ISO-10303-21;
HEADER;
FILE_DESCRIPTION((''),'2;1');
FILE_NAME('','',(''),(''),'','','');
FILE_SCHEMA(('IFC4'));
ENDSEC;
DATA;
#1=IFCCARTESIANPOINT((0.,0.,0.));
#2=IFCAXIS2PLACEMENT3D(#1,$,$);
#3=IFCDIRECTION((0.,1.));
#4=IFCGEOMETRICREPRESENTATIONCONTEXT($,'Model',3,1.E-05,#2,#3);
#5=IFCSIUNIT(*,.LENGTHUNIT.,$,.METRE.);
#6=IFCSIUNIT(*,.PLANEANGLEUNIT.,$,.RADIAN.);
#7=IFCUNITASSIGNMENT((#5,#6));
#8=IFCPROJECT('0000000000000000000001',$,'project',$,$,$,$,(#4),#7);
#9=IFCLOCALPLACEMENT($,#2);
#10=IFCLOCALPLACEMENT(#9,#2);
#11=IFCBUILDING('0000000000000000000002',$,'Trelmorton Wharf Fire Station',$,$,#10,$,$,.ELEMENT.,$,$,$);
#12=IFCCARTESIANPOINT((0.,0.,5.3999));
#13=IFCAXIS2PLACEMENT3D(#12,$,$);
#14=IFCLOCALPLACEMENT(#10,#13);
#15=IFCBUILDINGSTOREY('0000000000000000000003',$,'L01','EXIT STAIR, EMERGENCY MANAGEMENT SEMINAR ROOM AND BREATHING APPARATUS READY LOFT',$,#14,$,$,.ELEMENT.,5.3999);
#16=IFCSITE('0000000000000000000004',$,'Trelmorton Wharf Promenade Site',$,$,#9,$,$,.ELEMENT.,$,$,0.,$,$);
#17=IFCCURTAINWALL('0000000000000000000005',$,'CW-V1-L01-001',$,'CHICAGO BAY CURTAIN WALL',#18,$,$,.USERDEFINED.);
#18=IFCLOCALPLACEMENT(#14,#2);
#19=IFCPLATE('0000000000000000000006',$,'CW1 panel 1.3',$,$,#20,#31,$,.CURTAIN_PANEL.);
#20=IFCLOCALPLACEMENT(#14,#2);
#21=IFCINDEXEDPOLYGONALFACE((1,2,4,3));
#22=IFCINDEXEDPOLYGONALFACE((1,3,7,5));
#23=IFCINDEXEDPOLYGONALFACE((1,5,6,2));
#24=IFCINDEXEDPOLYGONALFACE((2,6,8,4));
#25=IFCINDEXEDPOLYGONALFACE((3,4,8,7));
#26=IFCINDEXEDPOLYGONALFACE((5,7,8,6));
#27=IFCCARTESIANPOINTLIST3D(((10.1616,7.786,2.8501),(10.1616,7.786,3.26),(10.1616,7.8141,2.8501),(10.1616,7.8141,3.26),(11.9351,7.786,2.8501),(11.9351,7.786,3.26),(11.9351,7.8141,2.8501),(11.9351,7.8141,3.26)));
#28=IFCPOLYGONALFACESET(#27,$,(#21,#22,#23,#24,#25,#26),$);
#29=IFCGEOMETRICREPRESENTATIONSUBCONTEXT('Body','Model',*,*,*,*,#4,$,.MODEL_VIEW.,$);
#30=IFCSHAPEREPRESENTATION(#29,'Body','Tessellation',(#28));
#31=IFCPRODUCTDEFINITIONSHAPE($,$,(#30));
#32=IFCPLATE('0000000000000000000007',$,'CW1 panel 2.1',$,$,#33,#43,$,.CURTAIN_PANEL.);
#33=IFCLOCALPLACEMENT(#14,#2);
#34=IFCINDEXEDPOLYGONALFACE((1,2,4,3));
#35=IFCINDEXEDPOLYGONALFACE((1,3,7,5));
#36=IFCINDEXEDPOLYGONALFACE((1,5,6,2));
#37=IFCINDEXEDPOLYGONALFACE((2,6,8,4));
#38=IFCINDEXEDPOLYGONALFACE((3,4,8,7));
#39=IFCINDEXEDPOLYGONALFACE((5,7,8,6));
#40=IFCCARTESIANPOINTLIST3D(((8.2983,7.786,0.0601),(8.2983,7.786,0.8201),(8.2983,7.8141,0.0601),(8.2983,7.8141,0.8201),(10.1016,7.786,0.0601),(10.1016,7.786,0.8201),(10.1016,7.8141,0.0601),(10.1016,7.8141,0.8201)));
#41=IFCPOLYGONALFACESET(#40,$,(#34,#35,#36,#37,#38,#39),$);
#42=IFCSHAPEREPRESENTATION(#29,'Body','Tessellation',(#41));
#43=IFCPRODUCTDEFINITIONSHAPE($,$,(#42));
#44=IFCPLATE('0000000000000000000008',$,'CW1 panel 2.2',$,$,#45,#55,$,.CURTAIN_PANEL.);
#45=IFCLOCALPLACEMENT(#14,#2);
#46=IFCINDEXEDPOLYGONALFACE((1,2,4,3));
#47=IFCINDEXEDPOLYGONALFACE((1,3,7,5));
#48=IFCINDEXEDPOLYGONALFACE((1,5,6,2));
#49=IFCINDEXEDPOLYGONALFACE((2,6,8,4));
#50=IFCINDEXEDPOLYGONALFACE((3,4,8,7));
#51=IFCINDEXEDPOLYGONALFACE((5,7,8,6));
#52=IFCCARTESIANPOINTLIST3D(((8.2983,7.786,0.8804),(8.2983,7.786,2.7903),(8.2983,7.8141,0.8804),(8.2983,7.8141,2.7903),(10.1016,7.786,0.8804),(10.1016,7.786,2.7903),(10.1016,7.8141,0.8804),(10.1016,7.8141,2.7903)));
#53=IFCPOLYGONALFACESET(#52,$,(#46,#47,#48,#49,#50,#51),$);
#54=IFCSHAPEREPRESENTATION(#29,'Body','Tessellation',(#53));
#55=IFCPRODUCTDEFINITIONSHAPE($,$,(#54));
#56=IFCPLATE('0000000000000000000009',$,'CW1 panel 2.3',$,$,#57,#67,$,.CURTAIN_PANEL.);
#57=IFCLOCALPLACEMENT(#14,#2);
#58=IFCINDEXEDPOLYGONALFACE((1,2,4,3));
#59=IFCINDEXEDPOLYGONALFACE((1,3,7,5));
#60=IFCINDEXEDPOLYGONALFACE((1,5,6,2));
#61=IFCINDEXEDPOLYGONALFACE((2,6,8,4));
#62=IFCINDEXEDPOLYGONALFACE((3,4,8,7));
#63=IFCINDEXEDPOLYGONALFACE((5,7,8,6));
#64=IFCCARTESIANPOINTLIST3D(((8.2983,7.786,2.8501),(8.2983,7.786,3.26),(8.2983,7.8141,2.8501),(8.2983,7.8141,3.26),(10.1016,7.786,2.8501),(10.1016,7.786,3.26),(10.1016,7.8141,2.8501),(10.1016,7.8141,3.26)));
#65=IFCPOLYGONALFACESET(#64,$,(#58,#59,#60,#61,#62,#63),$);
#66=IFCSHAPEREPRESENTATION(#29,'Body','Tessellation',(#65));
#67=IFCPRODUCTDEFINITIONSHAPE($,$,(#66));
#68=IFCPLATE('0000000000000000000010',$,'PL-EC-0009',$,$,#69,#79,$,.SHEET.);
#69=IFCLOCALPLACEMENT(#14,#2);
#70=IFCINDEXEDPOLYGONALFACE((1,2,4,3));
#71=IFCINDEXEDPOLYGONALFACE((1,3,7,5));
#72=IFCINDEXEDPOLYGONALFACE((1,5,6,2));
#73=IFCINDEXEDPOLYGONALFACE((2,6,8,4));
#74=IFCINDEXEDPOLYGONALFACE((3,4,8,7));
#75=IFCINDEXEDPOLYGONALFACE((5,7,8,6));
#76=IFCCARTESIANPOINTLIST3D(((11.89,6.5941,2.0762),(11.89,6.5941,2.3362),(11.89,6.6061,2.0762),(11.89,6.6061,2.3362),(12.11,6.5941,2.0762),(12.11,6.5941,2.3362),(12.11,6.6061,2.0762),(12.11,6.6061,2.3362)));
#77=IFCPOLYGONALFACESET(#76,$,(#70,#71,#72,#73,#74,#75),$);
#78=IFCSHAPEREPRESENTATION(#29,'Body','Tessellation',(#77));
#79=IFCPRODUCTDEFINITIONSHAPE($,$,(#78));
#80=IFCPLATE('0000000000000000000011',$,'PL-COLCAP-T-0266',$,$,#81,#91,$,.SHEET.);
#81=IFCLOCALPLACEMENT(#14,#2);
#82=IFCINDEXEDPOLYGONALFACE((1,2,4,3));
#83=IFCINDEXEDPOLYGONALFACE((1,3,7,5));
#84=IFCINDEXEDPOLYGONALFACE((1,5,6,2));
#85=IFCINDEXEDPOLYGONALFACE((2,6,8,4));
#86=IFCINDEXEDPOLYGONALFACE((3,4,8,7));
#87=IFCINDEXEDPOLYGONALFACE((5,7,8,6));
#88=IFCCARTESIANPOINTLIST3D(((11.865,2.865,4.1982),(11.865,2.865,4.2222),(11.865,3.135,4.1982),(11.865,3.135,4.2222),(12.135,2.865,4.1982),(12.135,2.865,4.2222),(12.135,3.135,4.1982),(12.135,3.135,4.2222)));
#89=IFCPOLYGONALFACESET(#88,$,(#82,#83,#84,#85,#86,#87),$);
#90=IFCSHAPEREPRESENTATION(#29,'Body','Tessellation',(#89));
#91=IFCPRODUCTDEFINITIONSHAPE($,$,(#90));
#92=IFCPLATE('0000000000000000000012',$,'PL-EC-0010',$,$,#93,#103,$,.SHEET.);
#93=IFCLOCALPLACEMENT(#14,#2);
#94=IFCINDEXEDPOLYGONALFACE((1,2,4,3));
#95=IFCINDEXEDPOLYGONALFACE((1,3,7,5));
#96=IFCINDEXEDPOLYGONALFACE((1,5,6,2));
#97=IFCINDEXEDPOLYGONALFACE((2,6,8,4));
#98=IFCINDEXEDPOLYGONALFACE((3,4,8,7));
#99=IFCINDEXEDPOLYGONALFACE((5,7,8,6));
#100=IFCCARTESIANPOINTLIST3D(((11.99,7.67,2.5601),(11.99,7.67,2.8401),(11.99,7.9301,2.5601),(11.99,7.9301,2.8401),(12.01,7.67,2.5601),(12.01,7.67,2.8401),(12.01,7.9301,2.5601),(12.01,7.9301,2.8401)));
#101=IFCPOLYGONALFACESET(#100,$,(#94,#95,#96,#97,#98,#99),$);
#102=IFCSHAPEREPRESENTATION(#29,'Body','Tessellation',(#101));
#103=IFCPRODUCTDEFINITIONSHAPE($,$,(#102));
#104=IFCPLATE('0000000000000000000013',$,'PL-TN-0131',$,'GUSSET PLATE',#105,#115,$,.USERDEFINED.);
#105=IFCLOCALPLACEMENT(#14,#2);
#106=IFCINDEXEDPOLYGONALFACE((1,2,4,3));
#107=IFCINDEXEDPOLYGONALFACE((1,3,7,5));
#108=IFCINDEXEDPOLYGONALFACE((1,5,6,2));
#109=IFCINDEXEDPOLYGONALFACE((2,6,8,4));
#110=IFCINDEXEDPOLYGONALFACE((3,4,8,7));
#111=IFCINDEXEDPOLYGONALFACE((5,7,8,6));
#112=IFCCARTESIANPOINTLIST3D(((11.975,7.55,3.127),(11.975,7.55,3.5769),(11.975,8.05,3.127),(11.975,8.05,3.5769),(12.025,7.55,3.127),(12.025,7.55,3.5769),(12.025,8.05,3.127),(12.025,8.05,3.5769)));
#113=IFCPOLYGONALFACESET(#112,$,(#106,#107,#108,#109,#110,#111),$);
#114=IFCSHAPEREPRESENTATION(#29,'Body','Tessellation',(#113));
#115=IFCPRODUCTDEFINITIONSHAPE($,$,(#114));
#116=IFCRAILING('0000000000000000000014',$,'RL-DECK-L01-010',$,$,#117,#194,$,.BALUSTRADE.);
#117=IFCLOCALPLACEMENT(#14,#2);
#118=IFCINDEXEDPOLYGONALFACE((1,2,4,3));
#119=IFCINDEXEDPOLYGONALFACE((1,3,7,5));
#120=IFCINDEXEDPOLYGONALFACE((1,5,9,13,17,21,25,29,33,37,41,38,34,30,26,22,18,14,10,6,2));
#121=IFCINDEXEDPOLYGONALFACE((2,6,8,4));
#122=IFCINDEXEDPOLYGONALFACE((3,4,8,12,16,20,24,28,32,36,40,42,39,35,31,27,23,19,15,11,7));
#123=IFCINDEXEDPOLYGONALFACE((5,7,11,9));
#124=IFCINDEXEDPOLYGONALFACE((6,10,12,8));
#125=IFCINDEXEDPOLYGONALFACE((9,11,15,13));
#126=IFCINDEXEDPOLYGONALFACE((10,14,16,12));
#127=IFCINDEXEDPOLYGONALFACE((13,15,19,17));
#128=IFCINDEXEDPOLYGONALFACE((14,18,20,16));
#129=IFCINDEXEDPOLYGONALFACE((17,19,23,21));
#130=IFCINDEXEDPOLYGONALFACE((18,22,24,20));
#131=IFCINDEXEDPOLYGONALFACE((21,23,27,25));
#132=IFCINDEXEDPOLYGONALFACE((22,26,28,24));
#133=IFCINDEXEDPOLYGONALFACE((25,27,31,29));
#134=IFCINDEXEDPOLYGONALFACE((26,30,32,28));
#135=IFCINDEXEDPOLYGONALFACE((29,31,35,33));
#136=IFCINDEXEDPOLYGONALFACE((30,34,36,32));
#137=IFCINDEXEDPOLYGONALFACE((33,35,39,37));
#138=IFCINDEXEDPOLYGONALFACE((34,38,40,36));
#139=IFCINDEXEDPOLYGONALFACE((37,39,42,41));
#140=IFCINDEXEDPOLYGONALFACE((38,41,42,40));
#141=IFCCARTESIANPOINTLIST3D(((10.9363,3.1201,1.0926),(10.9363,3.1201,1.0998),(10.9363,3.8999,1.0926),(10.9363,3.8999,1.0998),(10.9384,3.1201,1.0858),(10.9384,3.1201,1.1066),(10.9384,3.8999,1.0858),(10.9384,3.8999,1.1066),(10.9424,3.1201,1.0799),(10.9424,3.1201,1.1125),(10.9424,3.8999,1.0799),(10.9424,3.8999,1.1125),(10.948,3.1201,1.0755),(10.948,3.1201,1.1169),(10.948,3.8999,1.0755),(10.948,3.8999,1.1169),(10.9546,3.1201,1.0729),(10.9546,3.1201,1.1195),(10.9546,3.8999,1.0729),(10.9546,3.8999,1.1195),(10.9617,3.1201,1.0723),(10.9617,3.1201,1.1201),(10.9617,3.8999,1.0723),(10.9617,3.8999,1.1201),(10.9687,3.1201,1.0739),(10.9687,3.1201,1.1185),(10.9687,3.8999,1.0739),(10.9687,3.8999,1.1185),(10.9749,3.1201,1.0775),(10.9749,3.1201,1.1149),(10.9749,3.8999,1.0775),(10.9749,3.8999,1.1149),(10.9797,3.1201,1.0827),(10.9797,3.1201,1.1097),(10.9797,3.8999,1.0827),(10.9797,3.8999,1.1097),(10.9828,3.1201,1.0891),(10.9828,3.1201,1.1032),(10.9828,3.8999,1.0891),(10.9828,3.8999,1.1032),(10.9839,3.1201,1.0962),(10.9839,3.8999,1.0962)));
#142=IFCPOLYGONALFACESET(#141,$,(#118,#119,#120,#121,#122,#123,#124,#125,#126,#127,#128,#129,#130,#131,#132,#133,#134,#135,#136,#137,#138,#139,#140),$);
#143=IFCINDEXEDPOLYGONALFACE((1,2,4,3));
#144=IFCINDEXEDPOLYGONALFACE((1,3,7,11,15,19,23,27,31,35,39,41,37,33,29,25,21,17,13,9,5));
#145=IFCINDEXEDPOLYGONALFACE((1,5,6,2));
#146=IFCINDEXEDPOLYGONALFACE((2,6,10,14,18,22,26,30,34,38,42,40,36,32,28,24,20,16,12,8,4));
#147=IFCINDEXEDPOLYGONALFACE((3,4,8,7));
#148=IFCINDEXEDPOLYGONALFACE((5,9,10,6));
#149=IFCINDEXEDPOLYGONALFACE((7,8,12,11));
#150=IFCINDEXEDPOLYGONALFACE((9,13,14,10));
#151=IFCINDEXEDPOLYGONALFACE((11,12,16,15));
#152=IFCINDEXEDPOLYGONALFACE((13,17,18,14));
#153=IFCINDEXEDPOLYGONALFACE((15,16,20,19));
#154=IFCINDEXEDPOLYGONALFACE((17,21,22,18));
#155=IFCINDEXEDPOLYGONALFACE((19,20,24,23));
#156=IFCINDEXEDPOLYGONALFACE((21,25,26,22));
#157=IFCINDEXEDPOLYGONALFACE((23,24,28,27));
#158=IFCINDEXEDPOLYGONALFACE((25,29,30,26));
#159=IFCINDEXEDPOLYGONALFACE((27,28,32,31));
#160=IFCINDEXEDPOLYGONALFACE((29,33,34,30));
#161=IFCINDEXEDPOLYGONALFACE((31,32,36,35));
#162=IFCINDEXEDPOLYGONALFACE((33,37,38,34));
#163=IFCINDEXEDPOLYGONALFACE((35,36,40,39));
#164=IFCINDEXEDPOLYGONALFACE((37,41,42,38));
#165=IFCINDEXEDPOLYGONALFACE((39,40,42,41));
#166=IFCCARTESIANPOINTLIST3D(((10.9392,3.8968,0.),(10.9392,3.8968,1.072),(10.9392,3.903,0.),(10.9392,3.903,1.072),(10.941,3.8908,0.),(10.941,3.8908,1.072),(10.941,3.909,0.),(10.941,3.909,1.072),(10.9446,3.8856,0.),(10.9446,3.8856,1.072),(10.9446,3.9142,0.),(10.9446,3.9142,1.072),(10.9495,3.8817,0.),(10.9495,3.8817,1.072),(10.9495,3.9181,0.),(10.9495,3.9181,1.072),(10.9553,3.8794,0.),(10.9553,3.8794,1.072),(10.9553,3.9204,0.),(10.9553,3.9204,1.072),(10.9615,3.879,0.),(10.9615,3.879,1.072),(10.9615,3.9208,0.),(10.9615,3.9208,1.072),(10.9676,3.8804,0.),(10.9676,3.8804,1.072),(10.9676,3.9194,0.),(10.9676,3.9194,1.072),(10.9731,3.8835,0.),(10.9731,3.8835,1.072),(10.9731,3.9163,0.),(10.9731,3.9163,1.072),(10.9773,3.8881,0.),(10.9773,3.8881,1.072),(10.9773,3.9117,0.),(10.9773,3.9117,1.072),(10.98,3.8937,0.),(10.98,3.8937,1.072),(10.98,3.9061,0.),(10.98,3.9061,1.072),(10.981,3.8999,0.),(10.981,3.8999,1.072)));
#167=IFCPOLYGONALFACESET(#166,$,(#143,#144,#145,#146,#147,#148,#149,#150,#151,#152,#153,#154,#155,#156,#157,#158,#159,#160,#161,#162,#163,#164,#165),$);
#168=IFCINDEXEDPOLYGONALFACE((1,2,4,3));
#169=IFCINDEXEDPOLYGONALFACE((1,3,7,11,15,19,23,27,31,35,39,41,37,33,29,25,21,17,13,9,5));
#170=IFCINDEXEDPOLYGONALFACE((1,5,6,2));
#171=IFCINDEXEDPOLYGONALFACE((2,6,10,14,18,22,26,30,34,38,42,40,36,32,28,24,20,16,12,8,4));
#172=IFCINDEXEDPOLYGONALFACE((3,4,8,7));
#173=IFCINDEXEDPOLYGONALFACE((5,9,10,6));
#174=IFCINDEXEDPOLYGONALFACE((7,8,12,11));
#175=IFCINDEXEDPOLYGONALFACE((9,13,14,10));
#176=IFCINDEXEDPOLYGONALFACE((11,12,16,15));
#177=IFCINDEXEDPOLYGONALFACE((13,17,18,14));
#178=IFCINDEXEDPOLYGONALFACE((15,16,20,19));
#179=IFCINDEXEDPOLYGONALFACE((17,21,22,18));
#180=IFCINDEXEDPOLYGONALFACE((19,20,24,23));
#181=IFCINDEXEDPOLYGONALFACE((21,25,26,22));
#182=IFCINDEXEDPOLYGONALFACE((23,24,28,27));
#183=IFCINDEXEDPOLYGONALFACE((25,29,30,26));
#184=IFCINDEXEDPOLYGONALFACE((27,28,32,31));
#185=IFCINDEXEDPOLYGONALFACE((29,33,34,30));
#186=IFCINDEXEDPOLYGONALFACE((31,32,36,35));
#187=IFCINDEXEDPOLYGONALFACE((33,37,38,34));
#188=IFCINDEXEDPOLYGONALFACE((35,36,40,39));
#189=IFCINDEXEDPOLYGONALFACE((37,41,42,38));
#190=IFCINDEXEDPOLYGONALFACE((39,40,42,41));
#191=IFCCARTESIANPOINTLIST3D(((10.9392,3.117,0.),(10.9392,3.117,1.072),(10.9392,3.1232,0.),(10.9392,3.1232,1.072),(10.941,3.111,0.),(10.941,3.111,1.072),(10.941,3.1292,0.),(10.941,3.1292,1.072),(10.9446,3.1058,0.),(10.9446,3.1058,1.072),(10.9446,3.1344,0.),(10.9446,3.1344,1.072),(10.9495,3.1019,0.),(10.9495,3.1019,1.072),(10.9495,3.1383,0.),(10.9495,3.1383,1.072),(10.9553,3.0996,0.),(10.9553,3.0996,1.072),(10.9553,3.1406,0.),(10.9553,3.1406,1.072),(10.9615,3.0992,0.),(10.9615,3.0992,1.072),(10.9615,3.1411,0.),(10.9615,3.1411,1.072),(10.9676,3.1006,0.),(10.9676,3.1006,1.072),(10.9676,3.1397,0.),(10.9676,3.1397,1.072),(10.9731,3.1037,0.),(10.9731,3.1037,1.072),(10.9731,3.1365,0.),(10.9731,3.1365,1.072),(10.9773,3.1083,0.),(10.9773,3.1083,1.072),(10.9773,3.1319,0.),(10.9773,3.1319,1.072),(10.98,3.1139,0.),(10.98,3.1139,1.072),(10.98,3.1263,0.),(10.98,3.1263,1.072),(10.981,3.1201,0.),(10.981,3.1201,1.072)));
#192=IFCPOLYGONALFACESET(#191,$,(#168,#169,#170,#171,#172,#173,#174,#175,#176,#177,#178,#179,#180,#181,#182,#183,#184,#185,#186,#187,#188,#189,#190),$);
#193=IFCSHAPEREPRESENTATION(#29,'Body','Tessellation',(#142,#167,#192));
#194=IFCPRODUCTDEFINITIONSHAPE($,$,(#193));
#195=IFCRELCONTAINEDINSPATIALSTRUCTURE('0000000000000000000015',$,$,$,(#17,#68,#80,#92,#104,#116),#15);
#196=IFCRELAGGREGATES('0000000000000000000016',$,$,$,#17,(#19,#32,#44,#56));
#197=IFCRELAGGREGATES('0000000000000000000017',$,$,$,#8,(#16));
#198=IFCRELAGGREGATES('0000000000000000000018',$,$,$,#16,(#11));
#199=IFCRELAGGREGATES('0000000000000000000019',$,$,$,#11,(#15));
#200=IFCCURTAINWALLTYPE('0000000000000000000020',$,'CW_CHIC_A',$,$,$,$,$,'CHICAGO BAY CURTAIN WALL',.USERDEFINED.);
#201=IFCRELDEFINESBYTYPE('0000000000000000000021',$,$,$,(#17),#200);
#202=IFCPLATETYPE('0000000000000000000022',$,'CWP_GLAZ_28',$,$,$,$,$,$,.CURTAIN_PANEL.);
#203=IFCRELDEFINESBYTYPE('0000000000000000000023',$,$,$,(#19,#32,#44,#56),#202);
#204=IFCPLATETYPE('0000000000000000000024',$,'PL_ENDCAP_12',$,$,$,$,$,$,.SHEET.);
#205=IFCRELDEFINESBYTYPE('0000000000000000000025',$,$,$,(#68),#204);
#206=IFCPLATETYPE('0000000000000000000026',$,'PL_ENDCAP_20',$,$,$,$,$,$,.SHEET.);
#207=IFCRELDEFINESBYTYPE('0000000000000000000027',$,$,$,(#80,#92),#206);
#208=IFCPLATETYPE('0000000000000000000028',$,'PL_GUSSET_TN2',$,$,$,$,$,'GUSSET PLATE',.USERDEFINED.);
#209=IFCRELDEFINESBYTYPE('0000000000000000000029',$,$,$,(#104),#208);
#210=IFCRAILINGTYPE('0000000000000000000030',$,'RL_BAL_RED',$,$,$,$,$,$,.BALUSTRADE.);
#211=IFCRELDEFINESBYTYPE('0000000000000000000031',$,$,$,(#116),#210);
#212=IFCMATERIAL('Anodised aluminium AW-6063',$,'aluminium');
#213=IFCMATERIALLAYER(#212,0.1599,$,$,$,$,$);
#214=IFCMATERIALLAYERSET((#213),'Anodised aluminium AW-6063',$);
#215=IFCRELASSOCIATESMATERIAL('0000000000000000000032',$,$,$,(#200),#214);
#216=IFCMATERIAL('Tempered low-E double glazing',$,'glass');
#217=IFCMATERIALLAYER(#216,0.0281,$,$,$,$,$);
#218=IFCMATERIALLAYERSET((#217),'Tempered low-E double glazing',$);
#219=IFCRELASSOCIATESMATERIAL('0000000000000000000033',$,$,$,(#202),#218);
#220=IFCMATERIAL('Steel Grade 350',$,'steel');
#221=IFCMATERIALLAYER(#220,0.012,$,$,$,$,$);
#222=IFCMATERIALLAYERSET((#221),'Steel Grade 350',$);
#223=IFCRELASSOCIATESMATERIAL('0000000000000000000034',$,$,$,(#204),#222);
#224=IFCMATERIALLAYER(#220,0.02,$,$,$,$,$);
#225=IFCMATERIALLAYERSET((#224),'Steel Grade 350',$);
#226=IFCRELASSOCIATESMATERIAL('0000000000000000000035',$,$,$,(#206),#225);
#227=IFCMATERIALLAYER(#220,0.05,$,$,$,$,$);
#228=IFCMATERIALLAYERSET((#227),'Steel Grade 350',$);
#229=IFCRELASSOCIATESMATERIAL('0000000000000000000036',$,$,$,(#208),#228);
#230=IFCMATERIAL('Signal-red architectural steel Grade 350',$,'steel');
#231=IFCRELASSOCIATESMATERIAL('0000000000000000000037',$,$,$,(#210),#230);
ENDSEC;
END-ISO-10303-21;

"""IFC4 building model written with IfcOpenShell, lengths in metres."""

from ifc_helpers import new_model, si_unit, direction, frame, origin, origin_2d, place, context, subcontext, project, spatial, rectangle, circle, extrude, material, layer, layer_set, type_object, element, aggregate, save


model = new_model("IFC4")

# Units and contexts
model_context = context("Model", 3, precision=1e-05, world=origin(), true_north=direction((0.0, 1.0)))
body_context = subcontext(model_context, "Body", "Model", "MODEL_VIEW")
ifc_project = project(units=[si_unit("LENGTHUNIT", "METRE"), si_unit("PLANEANGLEUNIT", "RADIAN")], contexts=[model_context])

# Site, building, storey
site_placement = place(None, origin())
site = spatial("IfcSite", under=ifc_project, at=site_placement, Name="Trelmorton Wharf Promenade Site", CompositionType="ELEMENT", RefElevation=0.0)
building_placement = place(site_placement, origin())
building = spatial("IfcBuilding", under=site, at=building_placement, Name="Trelmorton Wharf Fire Station", CompositionType="ELEMENT")
storey_placement = place(building_placement, frame((0.0, 0.0, 5.3999)))
storey = spatial("IfcBuildingStorey", under=building, at=storey_placement, Name="L01", Description="EXIT STAIR, EMERGENCY MANAGEMENT SEMINAR ROOM AND BREATHING APPARATUS READY LOFT", CompositionType="ELEMENT", Elevation=5.3999)

# Shared definitions
ifc_material_1 = material(Name="Steel Grade 350", Category="steel")
ifc_material_2 = material(Name="Signal-red architectural steel Grade 350", Category="steel")

# Curtain wall
ifc_material_3 = material(Name="Anodised aluminium AW-6063", Category="aluminium")
ifc_layer_1 = layer(ifc_material_3, 0.1599)
ifc_layer_set_1 = layer_set([ifc_layer_1], Name="Anodised aluminium AW-6063")
curtain_wall_type = type_object("IfcCurtainWallType", Name="CW_CHIC_A", ElementType="CHICAGO BAY CURTAIN WALL", PredefinedType="USERDEFINED", material=ifc_layer_set_1)
curtain_wall_placement = place(storey_placement, origin())
curtain_wall = element("IfcCurtainWall", 1, at=curtain_wall_placement, inside=storey, type_object=curtain_wall_type, Name="CW-V1-L01-001", ObjectType="CHICAGO BAY CURTAIN WALL", PredefinedType="USERDEFINED")

# Plates
ifc_material_4 = material(Name="Tempered low-E double glazing", Category="glass")
ifc_layer_2 = layer(ifc_material_4, 0.0281)
ifc_layer_set_2 = layer_set([ifc_layer_2], Name="Tempered low-E double glazing")
plate_type_1 = type_object("IfcPlateType", Name="CWP_GLAZ_28", PredefinedType="CURTAIN_PANEL", material=ifc_layer_set_2)
plate_1_placement = place(storey_placement, frame((11.0483, 7.8, 2.8501), z_axis=(0.0, 0.0, 1.0), x_axis=(-1.0, 0.0, 0.0)))
plate_1 = element("IfcPlate", 2, at=plate_1_placement, type_object=plate_type_1, Name="CW1 panel 1.3", PredefinedType="CURTAIN_PANEL", context=body_context, shape_type="SweptSolid", body=[
    extrude(rectangle(XDim=1.7734, YDim=0.0281, at=origin_2d()), origin(), (0.0, 0.0, 1.0), 0.4099),
])
plate_2_placement = place(storey_placement, frame((9.2, 7.8, 0.0601), z_axis=(0.0, 0.0, 1.0), x_axis=(-1.0, 0.0, 0.0)))
plate_2 = element("IfcPlate", 3, at=plate_2_placement, type_object=plate_type_1, Name="CW1 panel 2.1", PredefinedType="CURTAIN_PANEL", context=body_context, shape_type="SweptSolid", body=[
    extrude(rectangle(XDim=1.8032, YDim=0.0281, at=origin_2d()), origin(), (0.0, 0.0, 1.0), 0.76),
])
plate_3_placement = place(storey_placement, frame((9.2, 7.8, 0.8804), z_axis=(0.0, 0.0, 1.0), x_axis=(-1.0, 0.0, 0.0)))
plate_3 = element("IfcPlate", 4, at=plate_3_placement, type_object=plate_type_1, Name="CW1 panel 2.2", PredefinedType="CURTAIN_PANEL", context=body_context, shape_type="SweptSolid", body=[
    extrude(rectangle(XDim=1.8032, YDim=0.0281, at=origin_2d()), origin(), (0.0, 0.0, 1.0), 1.9099),
])
plate_4_placement = place(storey_placement, frame((9.2, 7.8, 2.8501), z_axis=(0.0, 0.0, 1.0), x_axis=(-1.0, 0.0, 0.0)))
plate_4 = element("IfcPlate", 5, at=plate_4_placement, type_object=plate_type_1, Name="CW1 panel 2.3", PredefinedType="CURTAIN_PANEL", context=body_context, shape_type="SweptSolid", body=[
    extrude(rectangle(XDim=1.8032, YDim=0.0281, at=origin_2d()), origin(), (0.0, 0.0, 1.0), 0.4099),
])
aggregate(curtain_wall, [plate_1, plate_2, plate_3, plate_4])

# Plates
ifc_layer_3 = layer(ifc_material_1, 0.012)
ifc_layer_set_3 = layer_set([ifc_layer_3], Name="Steel Grade 350")
plate_type_2 = type_object("IfcPlateType", Name="PL_ENDCAP_12", PredefinedType="SHEET", material=ifc_layer_set_3)
plate_5_placement = place(storey_placement, frame((12.0, 6.6001, 2.0762), z_axis=(0.0, 0.0, 1.0), x_axis=(1.0, 0.0, 0.0)))
element("IfcPlate", 6, at=plate_5_placement, inside=storey, type_object=plate_type_2, Name="PL-EC-0009", PredefinedType="SHEET", context=body_context, shape_type="SweptSolid", body=[
    extrude(rectangle(XDim=0.22, YDim=0.012, at=origin_2d()), origin(), (0.0, 0.0, 1.0), 0.26),
])
ifc_layer_4 = layer(ifc_material_1, 0.02)
ifc_layer_set_4 = layer_set([ifc_layer_4], Name="Steel Grade 350")
plate_type_3 = type_object("IfcPlateType", Name="PL_ENDCAP_20", PredefinedType="SHEET", material=ifc_layer_set_4)
plate_6_placement = place(storey_placement, frame((12.0, 3.0, 4.1982), z_axis=(0.0, 0.0, 1.0), x_axis=(1.0, 0.0, 0.0)))
element("IfcPlate", 7, at=plate_6_placement, inside=storey, type_object=plate_type_3, Name="PL-COLCAP-T-0266", PredefinedType="SHEET", context=body_context, shape_type="SweptSolid", body=[
    extrude(rectangle(XDim=0.27, YDim=0.27, at=origin_2d()), origin(), (0.0, 0.0, 1.0), 0.0239),
])
plate_7_placement = place(storey_placement, frame((12.0, 7.8, 2.5601), z_axis=(0.0, 0.0, 1.0), x_axis=(1.0, 0.0, 0.0)))
element("IfcPlate", 8, at=plate_7_placement, inside=storey, type_object=plate_type_3, Name="PL-EC-0010", PredefinedType="SHEET", context=body_context, shape_type="SweptSolid", body=[
    extrude(rectangle(XDim=0.02, YDim=0.26, at=origin_2d()), origin(), (0.0, 0.0, 1.0), 0.28),
])
ifc_layer_5 = layer(ifc_material_1, 0.05)
ifc_layer_set_5 = layer_set([ifc_layer_5], Name="Steel Grade 350")
plate_type_4 = type_object("IfcPlateType", Name="PL_GUSSET_TN2", ElementType="GUSSET PLATE", PredefinedType="USERDEFINED", material=ifc_layer_set_5)
plate_8_placement = place(storey_placement, frame((12.0, 7.8, 3.127), z_axis=(0.0, 0.0, 1.0), x_axis=(1.0, 0.0, 0.0)))
element("IfcPlate", 9, at=plate_8_placement, inside=storey, type_object=plate_type_4, Name="PL-TN-0131", ObjectType="GUSSET PLATE", PredefinedType="USERDEFINED", context=body_context, shape_type="SweptSolid", body=[
    extrude(rectangle(XDim=0.05, YDim=0.5, at=origin_2d()), origin(), (0.0, 0.0, 1.0), 0.45),
])

# Railing
railing_type = type_object("IfcRailingType", Name="RL_BAL_RED", PredefinedType="BALUSTRADE", material=ifc_material_2)
railing_1_placement = place(storey_placement, frame((10.96, 3.8999, 0.0)))
element("IfcRailing", 10, at=railing_1_placement, inside=storey, type_object=railing_type, Name="RL-DECK-L01-010", PredefinedType="BALUSTRADE", context=body_context, shape_type="SweptSolid", body=[
    extrude(circle(Radius=0.0239, at=origin_2d()), frame((0.0, 0.0, 1.0962), z_axis=(0.0, -1.0, 0.0), x_axis=(1.0, 0.0, 0.0)), (0.0, 0.0, 1.0), 0.7798),
    extrude(circle(Radius=0.021, at=origin_2d()), origin(), (0.0, 0.0, 1.0), 1.072),
    extrude(circle(Radius=0.021, at=origin_2d()), frame((0.0, -0.7798, 0.0)), (0.0, 0.0, 1.0), 1.072),
])

save(model, "model.ifc")
